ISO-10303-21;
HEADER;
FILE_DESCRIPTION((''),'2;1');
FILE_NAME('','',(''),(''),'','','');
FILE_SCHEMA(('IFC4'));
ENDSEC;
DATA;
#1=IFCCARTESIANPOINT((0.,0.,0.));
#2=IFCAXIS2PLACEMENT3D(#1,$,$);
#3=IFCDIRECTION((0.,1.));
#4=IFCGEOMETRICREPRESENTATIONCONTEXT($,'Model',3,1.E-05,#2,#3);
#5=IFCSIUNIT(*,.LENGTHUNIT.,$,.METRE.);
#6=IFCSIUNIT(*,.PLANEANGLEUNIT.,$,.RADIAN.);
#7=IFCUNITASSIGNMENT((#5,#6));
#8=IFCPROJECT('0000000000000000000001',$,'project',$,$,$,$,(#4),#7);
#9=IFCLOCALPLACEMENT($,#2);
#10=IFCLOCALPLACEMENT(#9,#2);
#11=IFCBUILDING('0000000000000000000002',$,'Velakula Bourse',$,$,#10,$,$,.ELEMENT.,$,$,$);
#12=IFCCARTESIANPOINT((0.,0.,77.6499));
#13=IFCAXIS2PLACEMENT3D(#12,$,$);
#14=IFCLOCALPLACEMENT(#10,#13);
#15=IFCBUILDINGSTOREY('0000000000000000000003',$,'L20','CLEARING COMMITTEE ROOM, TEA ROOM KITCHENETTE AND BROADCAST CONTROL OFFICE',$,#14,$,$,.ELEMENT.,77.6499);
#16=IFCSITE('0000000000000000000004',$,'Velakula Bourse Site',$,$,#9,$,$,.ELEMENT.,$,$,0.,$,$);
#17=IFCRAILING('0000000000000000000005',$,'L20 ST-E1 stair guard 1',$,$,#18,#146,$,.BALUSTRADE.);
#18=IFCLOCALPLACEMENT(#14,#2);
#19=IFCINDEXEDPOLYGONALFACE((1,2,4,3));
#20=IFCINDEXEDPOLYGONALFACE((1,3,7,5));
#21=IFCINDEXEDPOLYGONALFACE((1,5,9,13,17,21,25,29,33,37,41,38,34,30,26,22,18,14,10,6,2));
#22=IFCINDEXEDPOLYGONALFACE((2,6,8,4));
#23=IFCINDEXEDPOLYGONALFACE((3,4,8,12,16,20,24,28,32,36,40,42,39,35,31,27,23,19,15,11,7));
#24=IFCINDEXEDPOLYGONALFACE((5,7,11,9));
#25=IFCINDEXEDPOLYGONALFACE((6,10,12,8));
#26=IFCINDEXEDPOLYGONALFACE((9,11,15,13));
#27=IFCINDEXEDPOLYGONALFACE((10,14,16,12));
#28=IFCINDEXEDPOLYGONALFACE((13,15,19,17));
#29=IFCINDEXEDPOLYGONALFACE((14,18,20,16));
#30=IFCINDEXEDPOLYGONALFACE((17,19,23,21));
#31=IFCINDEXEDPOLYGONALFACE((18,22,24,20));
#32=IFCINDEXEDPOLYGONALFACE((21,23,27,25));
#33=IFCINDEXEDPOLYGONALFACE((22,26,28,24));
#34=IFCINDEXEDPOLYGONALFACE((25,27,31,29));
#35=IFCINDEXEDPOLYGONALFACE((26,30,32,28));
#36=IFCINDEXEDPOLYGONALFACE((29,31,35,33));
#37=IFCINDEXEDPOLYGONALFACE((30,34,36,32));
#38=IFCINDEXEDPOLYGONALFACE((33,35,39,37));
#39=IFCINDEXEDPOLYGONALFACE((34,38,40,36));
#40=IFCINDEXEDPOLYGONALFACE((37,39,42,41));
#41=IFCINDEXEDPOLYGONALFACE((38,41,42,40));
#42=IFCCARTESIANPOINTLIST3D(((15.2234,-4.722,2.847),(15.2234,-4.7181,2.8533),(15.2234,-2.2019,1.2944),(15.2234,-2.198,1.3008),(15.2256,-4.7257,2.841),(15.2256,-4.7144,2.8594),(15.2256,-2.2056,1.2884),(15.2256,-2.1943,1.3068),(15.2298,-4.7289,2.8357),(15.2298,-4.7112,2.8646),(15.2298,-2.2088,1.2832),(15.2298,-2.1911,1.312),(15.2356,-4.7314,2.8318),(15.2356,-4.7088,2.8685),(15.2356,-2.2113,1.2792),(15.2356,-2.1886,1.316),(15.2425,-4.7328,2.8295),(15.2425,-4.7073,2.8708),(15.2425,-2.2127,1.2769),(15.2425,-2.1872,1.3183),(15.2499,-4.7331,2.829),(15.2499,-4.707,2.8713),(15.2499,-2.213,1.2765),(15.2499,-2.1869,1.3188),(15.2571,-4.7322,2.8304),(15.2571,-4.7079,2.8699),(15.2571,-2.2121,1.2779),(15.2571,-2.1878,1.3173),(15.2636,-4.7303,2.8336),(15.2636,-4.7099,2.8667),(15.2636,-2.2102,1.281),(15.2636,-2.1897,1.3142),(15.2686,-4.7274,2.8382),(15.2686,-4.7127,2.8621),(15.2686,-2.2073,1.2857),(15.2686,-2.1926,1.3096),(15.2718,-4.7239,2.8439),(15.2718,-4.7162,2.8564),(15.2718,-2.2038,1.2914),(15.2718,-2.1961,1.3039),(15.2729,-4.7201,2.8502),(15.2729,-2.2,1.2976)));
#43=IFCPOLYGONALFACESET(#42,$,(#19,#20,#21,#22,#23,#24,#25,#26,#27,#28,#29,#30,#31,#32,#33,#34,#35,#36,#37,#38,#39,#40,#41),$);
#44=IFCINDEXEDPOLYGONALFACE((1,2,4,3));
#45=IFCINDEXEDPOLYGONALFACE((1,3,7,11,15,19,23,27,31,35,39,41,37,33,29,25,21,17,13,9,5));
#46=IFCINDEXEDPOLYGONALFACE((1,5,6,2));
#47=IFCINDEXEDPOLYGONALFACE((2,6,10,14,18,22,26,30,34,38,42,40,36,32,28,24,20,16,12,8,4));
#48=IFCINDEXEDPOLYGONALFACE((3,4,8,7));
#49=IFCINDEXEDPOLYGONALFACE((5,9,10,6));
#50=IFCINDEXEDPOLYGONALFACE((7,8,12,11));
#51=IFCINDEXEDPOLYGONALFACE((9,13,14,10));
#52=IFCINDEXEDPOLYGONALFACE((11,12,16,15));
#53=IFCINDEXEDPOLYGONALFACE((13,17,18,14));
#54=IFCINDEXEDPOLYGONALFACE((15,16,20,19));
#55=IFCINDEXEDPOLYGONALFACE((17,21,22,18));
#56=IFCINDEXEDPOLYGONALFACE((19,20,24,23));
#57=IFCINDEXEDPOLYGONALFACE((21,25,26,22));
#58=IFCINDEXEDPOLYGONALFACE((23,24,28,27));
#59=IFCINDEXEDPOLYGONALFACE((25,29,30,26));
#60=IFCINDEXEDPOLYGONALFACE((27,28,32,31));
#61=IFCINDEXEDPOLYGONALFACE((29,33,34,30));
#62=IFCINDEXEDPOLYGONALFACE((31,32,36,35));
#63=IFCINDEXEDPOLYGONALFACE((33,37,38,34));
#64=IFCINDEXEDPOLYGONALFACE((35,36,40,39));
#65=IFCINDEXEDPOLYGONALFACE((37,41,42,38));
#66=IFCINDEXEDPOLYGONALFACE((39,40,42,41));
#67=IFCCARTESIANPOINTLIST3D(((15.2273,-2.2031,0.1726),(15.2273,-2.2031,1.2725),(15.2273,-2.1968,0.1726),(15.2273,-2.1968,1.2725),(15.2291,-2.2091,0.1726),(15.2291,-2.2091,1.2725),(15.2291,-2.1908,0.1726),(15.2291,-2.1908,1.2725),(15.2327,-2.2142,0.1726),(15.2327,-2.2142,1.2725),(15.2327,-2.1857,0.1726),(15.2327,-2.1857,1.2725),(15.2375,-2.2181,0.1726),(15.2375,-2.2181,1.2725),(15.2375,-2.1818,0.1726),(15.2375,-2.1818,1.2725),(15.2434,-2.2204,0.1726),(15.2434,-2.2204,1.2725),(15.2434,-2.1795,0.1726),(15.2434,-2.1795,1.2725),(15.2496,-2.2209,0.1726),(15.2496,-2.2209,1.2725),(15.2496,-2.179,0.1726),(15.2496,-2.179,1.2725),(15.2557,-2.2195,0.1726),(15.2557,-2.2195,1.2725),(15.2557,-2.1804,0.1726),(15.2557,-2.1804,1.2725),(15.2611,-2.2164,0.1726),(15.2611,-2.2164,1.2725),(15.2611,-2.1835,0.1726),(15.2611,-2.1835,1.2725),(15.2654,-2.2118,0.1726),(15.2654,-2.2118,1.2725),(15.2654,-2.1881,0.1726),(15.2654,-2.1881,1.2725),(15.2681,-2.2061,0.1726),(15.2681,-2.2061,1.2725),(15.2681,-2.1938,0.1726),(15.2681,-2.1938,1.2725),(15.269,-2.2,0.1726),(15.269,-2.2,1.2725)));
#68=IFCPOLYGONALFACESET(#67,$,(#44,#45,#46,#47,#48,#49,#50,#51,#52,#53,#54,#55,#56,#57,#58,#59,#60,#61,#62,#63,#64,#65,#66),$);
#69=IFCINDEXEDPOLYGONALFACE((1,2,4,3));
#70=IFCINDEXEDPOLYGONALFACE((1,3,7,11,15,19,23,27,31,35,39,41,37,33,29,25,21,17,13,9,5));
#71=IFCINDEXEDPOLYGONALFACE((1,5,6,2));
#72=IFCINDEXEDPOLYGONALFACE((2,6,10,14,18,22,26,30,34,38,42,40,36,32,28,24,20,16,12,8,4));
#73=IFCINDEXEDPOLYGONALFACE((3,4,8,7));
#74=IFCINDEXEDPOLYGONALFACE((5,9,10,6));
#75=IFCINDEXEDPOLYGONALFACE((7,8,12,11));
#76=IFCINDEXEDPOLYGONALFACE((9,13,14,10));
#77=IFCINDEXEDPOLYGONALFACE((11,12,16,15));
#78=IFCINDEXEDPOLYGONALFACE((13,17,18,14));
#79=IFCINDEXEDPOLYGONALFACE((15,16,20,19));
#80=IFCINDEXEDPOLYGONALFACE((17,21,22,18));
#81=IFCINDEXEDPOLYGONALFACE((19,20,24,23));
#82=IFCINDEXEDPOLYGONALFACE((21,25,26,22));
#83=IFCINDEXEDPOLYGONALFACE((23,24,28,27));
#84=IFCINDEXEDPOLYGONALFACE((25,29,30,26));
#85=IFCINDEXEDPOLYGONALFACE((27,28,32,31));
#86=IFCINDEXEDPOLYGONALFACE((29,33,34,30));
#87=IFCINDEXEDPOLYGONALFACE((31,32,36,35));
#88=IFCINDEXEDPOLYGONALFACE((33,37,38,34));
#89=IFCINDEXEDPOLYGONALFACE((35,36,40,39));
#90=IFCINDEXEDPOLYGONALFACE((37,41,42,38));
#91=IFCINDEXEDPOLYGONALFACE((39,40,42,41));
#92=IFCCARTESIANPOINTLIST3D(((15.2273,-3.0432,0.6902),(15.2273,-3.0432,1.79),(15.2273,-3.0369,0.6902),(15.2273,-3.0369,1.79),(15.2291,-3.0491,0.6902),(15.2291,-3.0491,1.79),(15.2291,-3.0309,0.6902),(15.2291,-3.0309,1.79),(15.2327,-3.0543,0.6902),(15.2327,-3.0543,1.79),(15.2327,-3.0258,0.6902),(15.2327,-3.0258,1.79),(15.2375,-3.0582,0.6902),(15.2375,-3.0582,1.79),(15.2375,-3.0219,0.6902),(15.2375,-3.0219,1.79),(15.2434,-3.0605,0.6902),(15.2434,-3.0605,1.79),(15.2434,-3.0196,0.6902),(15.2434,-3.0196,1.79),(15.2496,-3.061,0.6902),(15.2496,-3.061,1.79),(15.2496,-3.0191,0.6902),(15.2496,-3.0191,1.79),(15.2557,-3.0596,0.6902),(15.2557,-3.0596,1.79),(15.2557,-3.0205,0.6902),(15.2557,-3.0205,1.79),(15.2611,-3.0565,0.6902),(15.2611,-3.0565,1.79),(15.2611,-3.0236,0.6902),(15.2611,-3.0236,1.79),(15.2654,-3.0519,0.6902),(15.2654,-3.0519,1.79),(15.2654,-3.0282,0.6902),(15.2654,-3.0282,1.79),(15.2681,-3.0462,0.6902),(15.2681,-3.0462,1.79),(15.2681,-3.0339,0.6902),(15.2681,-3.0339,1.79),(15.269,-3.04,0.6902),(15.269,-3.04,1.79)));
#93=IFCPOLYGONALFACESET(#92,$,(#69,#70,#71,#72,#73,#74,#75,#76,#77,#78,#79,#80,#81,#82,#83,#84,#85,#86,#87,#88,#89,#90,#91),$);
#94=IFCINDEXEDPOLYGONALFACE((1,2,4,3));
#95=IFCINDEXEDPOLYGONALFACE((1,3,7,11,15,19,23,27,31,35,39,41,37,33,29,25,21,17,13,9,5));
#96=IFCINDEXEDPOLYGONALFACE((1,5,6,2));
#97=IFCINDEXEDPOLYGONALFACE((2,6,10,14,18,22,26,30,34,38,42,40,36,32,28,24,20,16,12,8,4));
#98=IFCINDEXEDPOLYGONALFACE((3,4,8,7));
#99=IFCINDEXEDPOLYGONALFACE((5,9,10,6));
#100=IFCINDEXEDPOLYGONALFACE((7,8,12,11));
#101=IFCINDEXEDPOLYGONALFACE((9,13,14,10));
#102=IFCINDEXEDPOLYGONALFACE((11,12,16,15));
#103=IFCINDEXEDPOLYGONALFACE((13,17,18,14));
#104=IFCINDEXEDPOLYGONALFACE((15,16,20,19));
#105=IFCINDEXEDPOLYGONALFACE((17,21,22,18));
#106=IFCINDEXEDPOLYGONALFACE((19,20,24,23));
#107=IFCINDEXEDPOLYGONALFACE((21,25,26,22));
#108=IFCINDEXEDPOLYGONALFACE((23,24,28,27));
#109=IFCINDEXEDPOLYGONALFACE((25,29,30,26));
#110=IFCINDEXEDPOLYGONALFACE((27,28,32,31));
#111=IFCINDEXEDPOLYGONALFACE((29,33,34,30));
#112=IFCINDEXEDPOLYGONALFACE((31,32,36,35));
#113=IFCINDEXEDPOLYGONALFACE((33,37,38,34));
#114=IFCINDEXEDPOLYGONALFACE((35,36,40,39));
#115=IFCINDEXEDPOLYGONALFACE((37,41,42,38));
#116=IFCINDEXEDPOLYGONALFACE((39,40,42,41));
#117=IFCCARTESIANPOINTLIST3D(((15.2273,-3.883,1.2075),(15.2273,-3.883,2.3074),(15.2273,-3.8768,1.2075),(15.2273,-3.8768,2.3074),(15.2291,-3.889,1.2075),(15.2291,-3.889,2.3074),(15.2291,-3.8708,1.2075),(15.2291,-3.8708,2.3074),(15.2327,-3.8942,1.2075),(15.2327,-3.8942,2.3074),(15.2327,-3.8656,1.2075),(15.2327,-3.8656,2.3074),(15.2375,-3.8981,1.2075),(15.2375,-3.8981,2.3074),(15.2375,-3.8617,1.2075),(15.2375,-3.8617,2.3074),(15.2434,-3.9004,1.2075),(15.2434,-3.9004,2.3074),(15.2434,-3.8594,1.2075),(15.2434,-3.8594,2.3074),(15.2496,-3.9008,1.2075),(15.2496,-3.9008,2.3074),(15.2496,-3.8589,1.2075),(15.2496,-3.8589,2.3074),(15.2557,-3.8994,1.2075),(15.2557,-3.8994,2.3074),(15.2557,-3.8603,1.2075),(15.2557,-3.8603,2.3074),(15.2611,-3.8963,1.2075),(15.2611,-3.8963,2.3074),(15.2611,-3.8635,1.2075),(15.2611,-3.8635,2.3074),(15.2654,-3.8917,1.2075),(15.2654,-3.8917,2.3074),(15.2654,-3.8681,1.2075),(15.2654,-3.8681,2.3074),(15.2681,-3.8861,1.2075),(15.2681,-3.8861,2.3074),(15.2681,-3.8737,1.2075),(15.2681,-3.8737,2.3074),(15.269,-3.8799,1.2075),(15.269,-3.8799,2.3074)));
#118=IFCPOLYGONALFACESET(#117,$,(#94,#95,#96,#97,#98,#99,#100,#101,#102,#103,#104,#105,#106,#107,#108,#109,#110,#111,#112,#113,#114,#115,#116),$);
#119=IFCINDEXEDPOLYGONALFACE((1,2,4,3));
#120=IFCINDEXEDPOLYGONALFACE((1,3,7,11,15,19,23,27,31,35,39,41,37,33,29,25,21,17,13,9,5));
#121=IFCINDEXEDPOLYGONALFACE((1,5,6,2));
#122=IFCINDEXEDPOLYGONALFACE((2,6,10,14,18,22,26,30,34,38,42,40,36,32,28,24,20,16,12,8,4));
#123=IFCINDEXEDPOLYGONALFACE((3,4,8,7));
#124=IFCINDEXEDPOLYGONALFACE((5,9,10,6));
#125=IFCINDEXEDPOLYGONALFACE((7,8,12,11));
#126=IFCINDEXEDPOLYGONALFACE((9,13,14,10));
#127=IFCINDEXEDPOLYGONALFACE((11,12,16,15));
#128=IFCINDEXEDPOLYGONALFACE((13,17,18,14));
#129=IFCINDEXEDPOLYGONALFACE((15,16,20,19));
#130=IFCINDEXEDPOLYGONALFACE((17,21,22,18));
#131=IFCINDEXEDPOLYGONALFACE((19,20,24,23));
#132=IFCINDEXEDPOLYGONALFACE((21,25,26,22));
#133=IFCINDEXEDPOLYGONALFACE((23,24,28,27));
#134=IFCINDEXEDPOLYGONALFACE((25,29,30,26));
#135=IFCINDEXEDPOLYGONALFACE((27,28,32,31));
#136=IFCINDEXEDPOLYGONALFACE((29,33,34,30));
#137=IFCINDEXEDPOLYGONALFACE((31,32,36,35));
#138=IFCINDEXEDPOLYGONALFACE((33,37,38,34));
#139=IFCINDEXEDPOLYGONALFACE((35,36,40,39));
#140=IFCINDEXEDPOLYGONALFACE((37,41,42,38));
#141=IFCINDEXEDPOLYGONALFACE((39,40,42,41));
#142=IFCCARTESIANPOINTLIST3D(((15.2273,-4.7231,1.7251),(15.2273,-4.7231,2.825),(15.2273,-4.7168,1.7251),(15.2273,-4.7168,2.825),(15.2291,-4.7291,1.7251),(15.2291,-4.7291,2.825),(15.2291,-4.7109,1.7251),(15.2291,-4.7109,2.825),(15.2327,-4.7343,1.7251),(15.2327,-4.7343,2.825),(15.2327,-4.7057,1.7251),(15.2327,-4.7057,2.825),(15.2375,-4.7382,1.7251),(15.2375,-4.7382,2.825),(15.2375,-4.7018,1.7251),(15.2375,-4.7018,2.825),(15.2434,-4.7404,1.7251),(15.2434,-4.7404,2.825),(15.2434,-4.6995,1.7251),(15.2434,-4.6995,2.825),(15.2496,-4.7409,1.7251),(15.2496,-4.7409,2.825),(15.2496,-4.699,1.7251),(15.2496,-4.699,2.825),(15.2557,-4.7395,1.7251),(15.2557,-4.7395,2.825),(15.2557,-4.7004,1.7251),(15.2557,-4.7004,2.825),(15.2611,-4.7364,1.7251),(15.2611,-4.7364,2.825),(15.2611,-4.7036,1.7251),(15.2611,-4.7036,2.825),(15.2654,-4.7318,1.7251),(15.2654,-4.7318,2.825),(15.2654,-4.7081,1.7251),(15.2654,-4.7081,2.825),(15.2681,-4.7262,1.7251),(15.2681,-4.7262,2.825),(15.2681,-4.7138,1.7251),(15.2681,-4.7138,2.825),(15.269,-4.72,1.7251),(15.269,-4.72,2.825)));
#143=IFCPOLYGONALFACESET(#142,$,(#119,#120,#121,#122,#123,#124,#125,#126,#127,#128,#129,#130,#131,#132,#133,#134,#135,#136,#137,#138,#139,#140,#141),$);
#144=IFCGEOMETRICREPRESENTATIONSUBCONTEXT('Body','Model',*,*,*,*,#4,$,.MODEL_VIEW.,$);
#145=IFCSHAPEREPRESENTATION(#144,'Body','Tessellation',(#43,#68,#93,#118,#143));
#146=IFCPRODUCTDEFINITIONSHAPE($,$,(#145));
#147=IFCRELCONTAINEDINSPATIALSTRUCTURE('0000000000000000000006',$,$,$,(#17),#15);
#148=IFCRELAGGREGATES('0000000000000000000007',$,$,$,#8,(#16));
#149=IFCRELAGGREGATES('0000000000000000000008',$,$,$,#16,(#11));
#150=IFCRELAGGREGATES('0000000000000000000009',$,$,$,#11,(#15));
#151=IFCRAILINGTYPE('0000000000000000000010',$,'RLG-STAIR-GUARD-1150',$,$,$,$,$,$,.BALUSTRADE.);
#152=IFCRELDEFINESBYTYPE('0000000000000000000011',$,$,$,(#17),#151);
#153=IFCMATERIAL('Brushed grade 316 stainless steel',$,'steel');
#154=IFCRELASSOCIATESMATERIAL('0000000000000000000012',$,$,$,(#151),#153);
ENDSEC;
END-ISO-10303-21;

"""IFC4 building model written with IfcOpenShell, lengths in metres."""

from ifc_helpers import new_model, si_unit, direction, frame, origin, origin_2d, place, context, subcontext, project, spatial, circle, extrude, material, type_object, element, save


model = new_model("IFC4")

# Units and contexts
model_context = context("Model", 3, precision=1e-05, world=origin(), true_north=direction((0.0, 1.0)))
body_context = subcontext(model_context, "Body", "Model", "MODEL_VIEW")
ifc_project = project(units=[si_unit("LENGTHUNIT", "METRE"), si_unit("PLANEANGLEUNIT", "RADIAN")], contexts=[model_context])

# Site, building, storey
site_placement = place(None, origin())
site = spatial("IfcSite", under=ifc_project, at=site_placement, Name="Velakula Bourse Site", CompositionType="ELEMENT", RefElevation=0.0)
building_placement = place(site_placement, origin())
building = spatial("IfcBuilding", under=site, at=building_placement, Name="Velakula Bourse", CompositionType="ELEMENT")
storey_placement = place(building_placement, frame((0.0, 0.0, 77.6499)))
storey = spatial("IfcBuildingStorey", under=building, at=storey_placement, Name="L20", Description="CLEARING COMMITTEE ROOM, TEA ROOM KITCHENETTE AND BROADCAST CONTROL OFFICE", CompositionType="ELEMENT", Elevation=77.6499)

# Railing
ifc_material_1 = material(Name="Brushed grade 316 stainless steel", Category="steel")
railing_type_1 = type_object("IfcRailingType", Name="RLG-STAIR-GUARD-1150", PredefinedType="BALUSTRADE", material=ifc_material_1)
railing_1_placement = place(storey_placement, frame((15.248, -2.2, 0.1726)))
element("IfcRailing", 1, at=railing_1_placement, inside=storey, type_object=railing_type_1, Name="L20 ST-E1 stair guard 1", PredefinedType="BALUSTRADE", context=body_context, shape_type="SweptSolid", body=[
    extrude(circle(Radius=0.0249, at=origin_2d()), frame((0.0, 0.0, 1.125), z_axis=(0.0, -0.8514, 0.524516), x_axis=(1.0, 0.0, 0.0)), (0.0, 0.0, 1.0), 2.96),
    extrude(circle(Radius=0.021, at=origin_2d()), origin(), (0.0, 0.0, 1.0), 1.0999),
    extrude(circle(Radius=0.021, at=origin_2d()), frame((0.0, -0.8401, 0.5176)), (0.0, 0.0, 1.0), 1.0999),
    extrude(circle(Radius=0.021, at=origin_2d()), frame((0.0, -1.6799, 1.0349)), (0.0, 0.0, 1.0), 1.0999),
    extrude(circle(Radius=0.021, at=origin_2d()), frame((0.0, -2.52, 1.5525)), (0.0, 0.0, 1.0), 1.0999),
])

save(model, "model.ifc")
